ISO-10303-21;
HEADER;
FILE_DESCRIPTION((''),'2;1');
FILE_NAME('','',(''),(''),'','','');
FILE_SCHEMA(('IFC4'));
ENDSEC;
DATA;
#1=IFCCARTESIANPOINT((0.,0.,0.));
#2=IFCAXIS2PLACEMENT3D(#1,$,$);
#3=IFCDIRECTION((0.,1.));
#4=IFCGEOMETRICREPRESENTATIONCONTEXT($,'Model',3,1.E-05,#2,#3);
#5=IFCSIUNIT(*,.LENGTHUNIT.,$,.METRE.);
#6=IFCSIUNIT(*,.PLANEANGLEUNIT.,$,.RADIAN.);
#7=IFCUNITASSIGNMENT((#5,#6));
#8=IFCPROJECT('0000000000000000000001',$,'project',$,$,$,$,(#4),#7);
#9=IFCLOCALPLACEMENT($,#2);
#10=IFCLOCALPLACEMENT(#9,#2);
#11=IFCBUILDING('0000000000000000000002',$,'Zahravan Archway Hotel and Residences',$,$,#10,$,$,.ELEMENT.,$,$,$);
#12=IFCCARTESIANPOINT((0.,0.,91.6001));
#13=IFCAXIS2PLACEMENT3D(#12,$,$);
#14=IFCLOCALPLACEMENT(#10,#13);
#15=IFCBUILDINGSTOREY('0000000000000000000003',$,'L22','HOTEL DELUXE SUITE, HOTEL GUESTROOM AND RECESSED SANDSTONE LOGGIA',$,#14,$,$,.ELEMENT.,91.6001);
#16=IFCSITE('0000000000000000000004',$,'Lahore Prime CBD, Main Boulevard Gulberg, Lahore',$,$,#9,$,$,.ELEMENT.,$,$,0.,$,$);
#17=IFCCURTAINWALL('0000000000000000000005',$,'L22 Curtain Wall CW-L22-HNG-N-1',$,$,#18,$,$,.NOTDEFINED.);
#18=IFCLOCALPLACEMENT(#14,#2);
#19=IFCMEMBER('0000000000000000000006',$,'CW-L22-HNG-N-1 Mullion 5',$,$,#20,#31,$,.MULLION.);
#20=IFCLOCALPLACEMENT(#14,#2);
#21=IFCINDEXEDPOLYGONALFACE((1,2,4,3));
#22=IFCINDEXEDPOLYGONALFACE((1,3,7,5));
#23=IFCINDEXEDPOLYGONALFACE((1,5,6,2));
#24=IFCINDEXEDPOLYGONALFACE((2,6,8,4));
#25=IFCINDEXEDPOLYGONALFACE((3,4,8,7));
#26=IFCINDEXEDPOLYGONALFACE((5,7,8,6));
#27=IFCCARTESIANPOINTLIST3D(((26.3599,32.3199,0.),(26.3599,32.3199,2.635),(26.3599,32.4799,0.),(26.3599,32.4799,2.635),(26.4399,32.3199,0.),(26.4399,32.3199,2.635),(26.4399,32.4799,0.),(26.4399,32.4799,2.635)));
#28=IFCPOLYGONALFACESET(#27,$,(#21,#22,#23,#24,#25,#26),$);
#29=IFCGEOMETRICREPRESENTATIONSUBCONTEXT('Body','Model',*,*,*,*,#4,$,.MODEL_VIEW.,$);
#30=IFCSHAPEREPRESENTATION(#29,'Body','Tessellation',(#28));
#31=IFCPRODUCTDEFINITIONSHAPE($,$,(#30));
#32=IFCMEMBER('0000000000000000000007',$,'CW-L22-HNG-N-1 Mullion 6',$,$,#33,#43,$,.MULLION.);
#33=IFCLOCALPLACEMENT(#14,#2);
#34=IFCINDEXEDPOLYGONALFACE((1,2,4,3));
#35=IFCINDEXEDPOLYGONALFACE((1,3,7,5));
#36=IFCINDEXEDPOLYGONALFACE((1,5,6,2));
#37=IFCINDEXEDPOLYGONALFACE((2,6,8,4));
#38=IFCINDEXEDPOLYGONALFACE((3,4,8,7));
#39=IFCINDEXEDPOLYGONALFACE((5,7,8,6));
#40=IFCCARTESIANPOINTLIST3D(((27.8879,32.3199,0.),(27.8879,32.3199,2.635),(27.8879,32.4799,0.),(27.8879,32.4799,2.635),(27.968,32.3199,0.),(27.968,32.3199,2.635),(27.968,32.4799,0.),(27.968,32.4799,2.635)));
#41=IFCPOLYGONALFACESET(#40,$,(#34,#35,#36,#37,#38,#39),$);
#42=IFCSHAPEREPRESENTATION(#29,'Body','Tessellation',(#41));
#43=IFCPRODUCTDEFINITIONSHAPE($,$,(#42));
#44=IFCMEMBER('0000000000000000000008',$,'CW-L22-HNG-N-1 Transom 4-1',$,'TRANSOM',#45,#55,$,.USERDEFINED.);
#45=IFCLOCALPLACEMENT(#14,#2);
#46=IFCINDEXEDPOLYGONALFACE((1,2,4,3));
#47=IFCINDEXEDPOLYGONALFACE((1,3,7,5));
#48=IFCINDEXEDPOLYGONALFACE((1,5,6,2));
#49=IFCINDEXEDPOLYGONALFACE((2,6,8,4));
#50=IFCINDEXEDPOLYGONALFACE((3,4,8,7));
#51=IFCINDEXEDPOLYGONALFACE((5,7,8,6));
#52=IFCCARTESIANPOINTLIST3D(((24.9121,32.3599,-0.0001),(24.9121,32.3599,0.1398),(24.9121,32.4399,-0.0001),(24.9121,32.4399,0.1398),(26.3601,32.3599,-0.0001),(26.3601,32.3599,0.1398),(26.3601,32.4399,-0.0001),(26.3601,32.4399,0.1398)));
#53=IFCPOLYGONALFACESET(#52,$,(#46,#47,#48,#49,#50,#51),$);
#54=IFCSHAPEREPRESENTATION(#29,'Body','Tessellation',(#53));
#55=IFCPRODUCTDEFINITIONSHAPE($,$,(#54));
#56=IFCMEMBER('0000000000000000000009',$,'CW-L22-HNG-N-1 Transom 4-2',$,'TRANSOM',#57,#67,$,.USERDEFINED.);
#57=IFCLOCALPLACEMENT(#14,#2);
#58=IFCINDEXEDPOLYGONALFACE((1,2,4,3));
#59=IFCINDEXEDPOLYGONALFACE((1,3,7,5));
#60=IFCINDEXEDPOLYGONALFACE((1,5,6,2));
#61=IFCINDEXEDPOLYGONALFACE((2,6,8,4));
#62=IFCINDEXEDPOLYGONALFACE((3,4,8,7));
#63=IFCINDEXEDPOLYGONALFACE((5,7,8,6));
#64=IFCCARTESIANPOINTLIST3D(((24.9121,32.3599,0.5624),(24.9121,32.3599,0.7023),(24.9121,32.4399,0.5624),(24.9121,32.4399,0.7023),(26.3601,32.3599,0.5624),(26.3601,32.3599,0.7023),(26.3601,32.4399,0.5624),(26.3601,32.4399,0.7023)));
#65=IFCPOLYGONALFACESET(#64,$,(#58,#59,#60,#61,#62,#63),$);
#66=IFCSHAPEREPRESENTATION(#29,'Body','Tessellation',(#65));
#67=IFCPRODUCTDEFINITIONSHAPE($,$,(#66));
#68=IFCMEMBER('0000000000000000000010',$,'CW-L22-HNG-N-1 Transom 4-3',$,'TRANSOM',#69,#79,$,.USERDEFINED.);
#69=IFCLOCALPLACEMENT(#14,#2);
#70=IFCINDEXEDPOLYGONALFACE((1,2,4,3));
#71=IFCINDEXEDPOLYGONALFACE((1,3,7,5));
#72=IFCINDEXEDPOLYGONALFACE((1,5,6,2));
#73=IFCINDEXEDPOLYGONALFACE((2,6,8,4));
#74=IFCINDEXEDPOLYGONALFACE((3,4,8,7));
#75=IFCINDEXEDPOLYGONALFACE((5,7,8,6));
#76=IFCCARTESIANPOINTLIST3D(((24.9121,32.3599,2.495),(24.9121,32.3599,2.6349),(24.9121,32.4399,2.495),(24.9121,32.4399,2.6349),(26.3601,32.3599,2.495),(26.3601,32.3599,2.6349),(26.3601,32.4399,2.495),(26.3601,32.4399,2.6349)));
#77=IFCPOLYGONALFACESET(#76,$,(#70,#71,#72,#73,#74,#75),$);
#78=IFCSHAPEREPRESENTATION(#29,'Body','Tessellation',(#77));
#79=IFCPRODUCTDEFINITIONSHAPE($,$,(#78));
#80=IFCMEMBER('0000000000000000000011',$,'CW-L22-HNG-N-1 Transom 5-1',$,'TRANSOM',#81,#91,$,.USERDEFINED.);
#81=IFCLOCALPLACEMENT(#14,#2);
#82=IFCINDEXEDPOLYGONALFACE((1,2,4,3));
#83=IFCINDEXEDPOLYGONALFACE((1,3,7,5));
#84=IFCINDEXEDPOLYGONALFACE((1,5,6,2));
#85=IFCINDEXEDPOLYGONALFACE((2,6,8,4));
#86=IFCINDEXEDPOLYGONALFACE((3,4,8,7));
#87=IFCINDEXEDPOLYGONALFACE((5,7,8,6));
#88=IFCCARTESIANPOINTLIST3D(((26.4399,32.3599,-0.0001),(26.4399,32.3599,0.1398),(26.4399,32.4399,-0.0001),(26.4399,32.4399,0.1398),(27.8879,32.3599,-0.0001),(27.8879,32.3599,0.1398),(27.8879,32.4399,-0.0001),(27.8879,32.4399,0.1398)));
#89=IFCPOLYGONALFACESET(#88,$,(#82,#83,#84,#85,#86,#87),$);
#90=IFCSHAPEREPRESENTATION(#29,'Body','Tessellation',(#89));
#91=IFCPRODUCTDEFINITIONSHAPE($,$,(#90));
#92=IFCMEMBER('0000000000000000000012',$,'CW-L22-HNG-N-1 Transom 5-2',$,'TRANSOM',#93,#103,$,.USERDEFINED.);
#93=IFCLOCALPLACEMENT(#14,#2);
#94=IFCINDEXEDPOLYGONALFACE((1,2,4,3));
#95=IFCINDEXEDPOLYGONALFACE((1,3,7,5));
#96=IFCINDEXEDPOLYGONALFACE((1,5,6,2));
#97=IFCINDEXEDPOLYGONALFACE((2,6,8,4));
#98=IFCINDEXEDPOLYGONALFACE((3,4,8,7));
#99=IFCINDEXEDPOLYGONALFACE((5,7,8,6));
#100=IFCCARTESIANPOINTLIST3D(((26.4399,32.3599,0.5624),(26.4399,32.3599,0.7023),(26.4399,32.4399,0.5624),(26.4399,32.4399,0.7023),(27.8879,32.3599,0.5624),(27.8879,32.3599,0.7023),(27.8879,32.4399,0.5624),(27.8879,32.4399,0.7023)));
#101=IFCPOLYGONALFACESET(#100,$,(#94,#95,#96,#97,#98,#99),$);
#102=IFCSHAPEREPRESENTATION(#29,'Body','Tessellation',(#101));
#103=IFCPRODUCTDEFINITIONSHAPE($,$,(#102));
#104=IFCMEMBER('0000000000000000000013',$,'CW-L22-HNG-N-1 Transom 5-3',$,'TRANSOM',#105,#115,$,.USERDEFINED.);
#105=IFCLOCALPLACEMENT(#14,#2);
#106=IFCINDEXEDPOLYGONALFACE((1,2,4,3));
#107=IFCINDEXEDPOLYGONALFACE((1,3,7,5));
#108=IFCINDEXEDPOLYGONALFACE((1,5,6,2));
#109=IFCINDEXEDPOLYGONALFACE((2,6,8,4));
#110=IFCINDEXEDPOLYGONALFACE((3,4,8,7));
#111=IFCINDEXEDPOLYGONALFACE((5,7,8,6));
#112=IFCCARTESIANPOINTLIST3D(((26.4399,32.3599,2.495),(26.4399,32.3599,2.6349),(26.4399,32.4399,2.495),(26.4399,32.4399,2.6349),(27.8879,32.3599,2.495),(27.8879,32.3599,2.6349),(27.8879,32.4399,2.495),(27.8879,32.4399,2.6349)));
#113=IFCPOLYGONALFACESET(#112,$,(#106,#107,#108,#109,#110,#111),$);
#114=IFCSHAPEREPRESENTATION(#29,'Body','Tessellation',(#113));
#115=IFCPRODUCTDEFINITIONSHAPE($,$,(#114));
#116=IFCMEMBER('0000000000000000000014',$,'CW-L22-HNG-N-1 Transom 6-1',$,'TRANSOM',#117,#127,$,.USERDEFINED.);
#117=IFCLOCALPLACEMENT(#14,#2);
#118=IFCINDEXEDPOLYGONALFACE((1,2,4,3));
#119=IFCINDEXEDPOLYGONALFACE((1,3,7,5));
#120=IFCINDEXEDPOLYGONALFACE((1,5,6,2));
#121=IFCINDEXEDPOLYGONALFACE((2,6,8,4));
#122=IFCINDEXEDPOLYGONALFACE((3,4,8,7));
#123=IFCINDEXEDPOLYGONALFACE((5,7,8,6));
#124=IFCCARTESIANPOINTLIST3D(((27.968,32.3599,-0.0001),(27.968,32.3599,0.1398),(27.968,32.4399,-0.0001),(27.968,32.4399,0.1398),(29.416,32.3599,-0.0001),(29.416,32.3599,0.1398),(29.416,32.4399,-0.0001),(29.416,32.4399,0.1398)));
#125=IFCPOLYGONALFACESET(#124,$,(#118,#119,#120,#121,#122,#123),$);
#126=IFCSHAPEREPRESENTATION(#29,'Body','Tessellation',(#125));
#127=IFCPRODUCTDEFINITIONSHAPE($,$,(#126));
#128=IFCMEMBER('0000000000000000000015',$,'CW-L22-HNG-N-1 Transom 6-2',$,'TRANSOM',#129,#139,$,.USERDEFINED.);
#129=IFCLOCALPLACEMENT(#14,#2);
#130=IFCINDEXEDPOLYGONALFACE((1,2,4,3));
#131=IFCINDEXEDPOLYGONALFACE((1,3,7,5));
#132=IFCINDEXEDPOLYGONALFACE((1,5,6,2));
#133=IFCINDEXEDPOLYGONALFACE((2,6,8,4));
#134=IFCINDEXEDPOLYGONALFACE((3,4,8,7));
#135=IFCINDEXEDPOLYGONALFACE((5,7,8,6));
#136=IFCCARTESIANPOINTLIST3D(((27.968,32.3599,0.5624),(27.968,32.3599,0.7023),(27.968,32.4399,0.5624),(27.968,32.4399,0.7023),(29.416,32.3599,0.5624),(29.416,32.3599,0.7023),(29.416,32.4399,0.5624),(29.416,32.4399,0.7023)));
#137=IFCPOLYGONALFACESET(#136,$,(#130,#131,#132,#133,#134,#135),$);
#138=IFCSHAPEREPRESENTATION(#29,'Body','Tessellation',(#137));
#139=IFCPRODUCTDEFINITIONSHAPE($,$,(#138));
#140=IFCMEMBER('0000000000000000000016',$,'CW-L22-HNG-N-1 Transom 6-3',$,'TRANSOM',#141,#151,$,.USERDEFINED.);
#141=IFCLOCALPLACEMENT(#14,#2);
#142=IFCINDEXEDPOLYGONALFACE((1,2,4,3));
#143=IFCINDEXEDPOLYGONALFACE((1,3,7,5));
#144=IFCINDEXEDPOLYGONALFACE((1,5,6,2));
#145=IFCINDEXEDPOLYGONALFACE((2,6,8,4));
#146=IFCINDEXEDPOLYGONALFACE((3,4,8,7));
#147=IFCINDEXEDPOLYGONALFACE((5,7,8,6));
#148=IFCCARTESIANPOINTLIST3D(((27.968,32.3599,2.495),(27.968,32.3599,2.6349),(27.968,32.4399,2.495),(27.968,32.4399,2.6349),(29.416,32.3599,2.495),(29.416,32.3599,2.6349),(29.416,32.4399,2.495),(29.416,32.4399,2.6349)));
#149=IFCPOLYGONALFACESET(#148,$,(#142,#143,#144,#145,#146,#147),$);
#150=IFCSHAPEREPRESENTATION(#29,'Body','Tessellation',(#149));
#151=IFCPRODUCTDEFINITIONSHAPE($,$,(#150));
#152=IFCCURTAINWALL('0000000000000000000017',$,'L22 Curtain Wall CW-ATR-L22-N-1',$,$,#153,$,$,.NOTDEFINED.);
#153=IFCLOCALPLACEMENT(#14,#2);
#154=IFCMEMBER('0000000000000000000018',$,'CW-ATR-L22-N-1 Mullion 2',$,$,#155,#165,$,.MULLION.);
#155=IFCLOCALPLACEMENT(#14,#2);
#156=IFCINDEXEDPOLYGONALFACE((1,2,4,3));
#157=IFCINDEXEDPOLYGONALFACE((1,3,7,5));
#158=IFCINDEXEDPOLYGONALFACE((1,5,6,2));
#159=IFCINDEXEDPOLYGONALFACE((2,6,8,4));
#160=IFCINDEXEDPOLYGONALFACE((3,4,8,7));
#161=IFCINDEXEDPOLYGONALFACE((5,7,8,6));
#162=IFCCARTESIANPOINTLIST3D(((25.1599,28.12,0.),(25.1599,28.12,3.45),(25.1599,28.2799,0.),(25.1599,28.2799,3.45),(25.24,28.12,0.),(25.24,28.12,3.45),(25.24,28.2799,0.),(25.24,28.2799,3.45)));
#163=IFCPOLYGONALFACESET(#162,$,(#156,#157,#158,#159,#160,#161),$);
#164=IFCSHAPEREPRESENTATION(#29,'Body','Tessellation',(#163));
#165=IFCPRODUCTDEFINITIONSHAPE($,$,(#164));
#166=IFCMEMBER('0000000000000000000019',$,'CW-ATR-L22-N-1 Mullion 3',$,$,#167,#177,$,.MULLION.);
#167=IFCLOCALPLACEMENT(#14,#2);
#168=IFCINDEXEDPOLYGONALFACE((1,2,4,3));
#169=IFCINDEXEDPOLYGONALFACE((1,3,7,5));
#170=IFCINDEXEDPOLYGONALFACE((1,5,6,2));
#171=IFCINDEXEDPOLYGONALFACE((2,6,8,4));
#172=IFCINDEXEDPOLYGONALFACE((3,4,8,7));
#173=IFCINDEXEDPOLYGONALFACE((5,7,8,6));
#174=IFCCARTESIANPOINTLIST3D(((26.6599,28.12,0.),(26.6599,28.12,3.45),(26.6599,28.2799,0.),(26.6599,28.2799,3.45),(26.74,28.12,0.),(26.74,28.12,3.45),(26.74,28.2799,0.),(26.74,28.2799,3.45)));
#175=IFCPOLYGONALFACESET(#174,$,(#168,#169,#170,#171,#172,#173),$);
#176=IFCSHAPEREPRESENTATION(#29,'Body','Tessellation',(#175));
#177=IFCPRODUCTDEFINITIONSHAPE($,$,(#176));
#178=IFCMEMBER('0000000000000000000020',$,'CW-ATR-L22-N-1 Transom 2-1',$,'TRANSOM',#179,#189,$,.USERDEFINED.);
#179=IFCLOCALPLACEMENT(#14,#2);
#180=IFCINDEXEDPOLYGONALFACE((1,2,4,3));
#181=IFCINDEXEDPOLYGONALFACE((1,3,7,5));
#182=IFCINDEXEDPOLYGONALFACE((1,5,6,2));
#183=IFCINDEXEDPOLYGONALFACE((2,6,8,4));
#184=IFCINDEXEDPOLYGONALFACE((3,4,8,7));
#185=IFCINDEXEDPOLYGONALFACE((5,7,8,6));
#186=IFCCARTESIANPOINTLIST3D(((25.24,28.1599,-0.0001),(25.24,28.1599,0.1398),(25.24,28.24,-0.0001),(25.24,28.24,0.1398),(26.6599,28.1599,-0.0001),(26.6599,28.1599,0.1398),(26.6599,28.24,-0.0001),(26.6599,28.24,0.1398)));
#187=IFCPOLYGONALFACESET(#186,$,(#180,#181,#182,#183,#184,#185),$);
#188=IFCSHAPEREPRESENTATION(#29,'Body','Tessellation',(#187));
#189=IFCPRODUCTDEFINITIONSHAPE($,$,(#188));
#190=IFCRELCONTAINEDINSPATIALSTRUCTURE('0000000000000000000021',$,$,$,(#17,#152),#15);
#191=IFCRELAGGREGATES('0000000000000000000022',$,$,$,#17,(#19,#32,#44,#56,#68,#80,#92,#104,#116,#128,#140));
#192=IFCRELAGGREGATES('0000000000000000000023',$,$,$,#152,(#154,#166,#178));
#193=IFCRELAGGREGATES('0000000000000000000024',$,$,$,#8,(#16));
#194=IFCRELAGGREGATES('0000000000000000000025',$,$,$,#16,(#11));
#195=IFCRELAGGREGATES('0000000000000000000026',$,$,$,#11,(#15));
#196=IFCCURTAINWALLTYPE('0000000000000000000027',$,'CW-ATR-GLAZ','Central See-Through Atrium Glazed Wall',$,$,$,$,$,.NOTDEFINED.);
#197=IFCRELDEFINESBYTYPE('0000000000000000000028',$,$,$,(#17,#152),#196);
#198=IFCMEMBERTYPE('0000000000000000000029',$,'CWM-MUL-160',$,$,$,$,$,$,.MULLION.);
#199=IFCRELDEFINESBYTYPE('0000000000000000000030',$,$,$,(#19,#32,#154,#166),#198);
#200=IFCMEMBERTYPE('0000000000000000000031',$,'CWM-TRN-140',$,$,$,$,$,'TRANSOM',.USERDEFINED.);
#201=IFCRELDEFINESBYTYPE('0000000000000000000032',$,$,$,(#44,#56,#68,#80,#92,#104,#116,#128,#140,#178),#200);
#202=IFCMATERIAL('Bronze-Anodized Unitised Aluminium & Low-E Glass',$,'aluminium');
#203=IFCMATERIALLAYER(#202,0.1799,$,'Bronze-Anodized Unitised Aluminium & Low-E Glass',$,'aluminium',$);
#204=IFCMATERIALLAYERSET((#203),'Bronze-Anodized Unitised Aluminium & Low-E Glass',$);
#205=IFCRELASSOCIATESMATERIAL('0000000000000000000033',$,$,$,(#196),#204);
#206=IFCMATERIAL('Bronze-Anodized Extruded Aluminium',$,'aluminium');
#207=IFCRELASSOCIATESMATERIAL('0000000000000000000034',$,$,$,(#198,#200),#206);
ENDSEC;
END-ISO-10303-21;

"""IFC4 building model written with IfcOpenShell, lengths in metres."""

from ifc_helpers import new_model, si_unit, direction, frame, origin, origin_2d, place, context, subcontext, project, spatial, rectangle, extrude, source, transform, mapped, material, layer, layer_set, material_profile, profile_set, type_object, element, aggregate, save


model = new_model("IFC4")

# Units and contexts
model_context = context("Model", 3, precision=1e-05, world=origin(), true_north=direction((0.0, 1.0)))
body_context = subcontext(model_context, "Body", "Model", "MODEL_VIEW")
ifc_project = project(units=[si_unit("LENGTHUNIT", "METRE"), si_unit("PLANEANGLEUNIT", "RADIAN")], contexts=[model_context])

# Site, building, storey
site_placement = place(None, origin())
site = spatial("IfcSite", under=ifc_project, at=site_placement, Name="Lahore Prime CBD, Main Boulevard Gulberg, Lahore", CompositionType="ELEMENT", RefElevation=0.0)
building_placement = place(site_placement, origin())
building = spatial("IfcBuilding", under=site, at=building_placement, Name="Zahravan Archway Hotel and Residences", CompositionType="ELEMENT")
storey_placement = place(building_placement, frame((0.0, 0.0, 91.6001)))
storey = spatial("IfcBuildingStorey", under=building, at=storey_placement, Name="L22", Description="HOTEL DELUXE SUITE, HOTEL GUESTROOM AND RECESSED SANDSTONE LOGGIA", CompositionType="ELEMENT", Elevation=91.6001)

# Curtain walls, members
ifc_material_1 = material(Name="Bronze-Anodized Unitised Aluminium & Low-E Glass", Category="aluminium")
ifc_layer_1 = layer(ifc_material_1, 0.1799, Name="Bronze-Anodized Unitised Aluminium & Low-E Glass", Category="aluminium")
ifc_layer_set_1 = layer_set([ifc_layer_1], Name="Bronze-Anodized Unitised Aluminium & Low-E Glass")
curtain_wall_type = type_object("IfcCurtainWallType", Name="CW-ATR-GLAZ", Description="Central See-Through Atrium Glazed Wall", PredefinedType="NOTDEFINED", material=ifc_layer_set_1)
curtain_wall_1_placement = place(storey_placement, origin())
curtain_wall_1 = element("IfcCurtainWall", 1, at=curtain_wall_1_placement, inside=storey, type_object=curtain_wall_type, Name="L22 Curtain Wall CW-L22-HNG-N-1", PredefinedType="NOTDEFINED")
ifc_material_2 = material(Name="Bronze-Anodized Extruded Aluminium", Category="aluminium")
ifc_material_profile_1 = material_profile(ifc_material_2, rectangle(XDim=0.0801, YDim=0.1599, at=origin_2d()), Name="MUL 80x160", Category="aluminium")
ifc_profile_set_1 = profile_set([ifc_material_profile_1], Name="Bronze-Anodized Extruded Aluminium")
member_type_1 = type_object("IfcMemberType", Name="CWM-MUL-160", PredefinedType="MULLION", material=ifc_profile_set_1)
shared_shape_1 = source(origin(), body_context, "Body", "SweptSolid", [
    extrude(rectangle(XDim=0.0801, YDim=0.1599, at=origin_2d()), origin(), (0.0, 0.0, 1.0), 2.635),
])
member_1_placement = place(storey_placement, frame((26.3999, 32.3999, 0.0), z_axis=(0.0, 0.0, 1.0), x_axis=(1.0, 0.0, 0.0)))
member_1 = element("IfcMember", 2, at=member_1_placement, type_object=member_type_1, Name="CW-L22-HNG-N-1 Mullion 5", PredefinedType="MULLION", context=body_context, shape_type="MappedRepresentation", body=[
    mapped(shared_shape_1, transform((0.0, 0.0, 0.0), scale=1.0)),
])
member_2_placement = place(storey_placement, frame((27.928, 32.3999, 0.0), z_axis=(0.0, 0.0, 1.0), x_axis=(1.0, 0.0, 0.0)))
member_2 = element("IfcMember", 3, at=member_2_placement, type_object=member_type_1, Name="CW-L22-HNG-N-1 Mullion 6", PredefinedType="MULLION", context=body_context, shape_type="MappedRepresentation", body=[
    mapped(shared_shape_1, transform((0.0, 0.0, 0.0), scale=1.0)),
])
ifc_material_profile_2 = material_profile(ifc_material_2, rectangle(XDim=0.0801, YDim=0.1399, at=origin_2d()), Name="TRN 80x140", Category="aluminium")
ifc_profile_set_2 = profile_set([ifc_material_profile_2], Name="Bronze-Anodized Extruded Aluminium")
member_type_2 = type_object("IfcMemberType", Name="CWM-TRN-140", ElementType="TRANSOM", PredefinedType="USERDEFINED", material=ifc_profile_set_2)
shared_shape_2 = source(origin(), body_context, "Body", "SweptSolid", [
    extrude(rectangle(XDim=0.0801, YDim=0.1399, at=origin_2d()), origin(), (0.0, 0.0, 1.0), 1.448),
])
member_3_placement = place(storey_placement, frame((24.9121, 32.3999, 0.0698), z_axis=(1.0, 0.0, 0.0), x_axis=(0.0, 1.0, 0.0)))
member_3 = element("IfcMember", 4, at=member_3_placement, type_object=member_type_2, Name="CW-L22-HNG-N-1 Transom 4-1", ObjectType="TRANSOM", PredefinedType="USERDEFINED", context=body_context, shape_type="MappedRepresentation", body=[
    mapped(shared_shape_2, transform((0.0, 0.0, 0.0), scale=1.0)),
])
member_4_placement = place(storey_placement, frame((24.9121, 32.3999, 0.6323), z_axis=(1.0, 0.0, 0.0), x_axis=(0.0, 1.0, 0.0)))
member_4 = element("IfcMember", 5, at=member_4_placement, type_object=member_type_2, Name="CW-L22-HNG-N-1 Transom 4-2", ObjectType="TRANSOM", PredefinedType="USERDEFINED", context=body_context, shape_type="MappedRepresentation", body=[
    mapped(shared_shape_2, transform((0.0, 0.0, 0.0), scale=1.0)),
])
member_5_placement = place(storey_placement, frame((24.9121, 32.3999, 2.5649), z_axis=(1.0, 0.0, 0.0), x_axis=(0.0, 1.0, 0.0)))
member_5 = element("IfcMember", 6, at=member_5_placement, type_object=member_type_2, Name="CW-L22-HNG-N-1 Transom 4-3", ObjectType="TRANSOM", PredefinedType="USERDEFINED", context=body_context, shape_type="MappedRepresentation", body=[
    mapped(shared_shape_2, transform((0.0, 0.0, 0.0), scale=1.0)),
])
member_6_placement = place(storey_placement, frame((26.4399, 32.3999, 0.0698), z_axis=(1.0, 0.0, 0.0), x_axis=(0.0, 1.0, 0.0)))
member_6 = element("IfcMember", 7, at=member_6_placement, type_object=member_type_2, Name="CW-L22-HNG-N-1 Transom 5-1", ObjectType="TRANSOM", PredefinedType="USERDEFINED", context=body_context, shape_type="MappedRepresentation", body=[
    mapped(shared_shape_2, transform((0.0, 0.0, 0.0), scale=1.0)),
])
member_7_placement = place(storey_placement, frame((26.4399, 32.3999, 0.6323), z_axis=(1.0, 0.0, 0.0), x_axis=(0.0, 1.0, 0.0)))
member_7 = element("IfcMember", 8, at=member_7_placement, type_object=member_type_2, Name="CW-L22-HNG-N-1 Transom 5-2", ObjectType="TRANSOM", PredefinedType="USERDEFINED", context=body_context, shape_type="MappedRepresentation", body=[
    mapped(shared_shape_2, transform((0.0, 0.0, 0.0), scale=1.0)),
])
member_8_placement = place(storey_placement, frame((26.4399, 32.3999, 2.5649), z_axis=(1.0, 0.0, 0.0), x_axis=(0.0, 1.0, 0.0)))
member_8 = element("IfcMember", 9, at=member_8_placement, type_object=member_type_2, Name="CW-L22-HNG-N-1 Transom 5-3", ObjectType="TRANSOM", PredefinedType="USERDEFINED", context=body_context, shape_type="MappedRepresentation", body=[
    mapped(shared_shape_2, transform((0.0, 0.0, 0.0), scale=1.0)),
])
member_9_placement = place(storey_placement, frame((27.968, 32.3999, 0.0698), z_axis=(1.0, 0.0, 0.0), x_axis=(0.0, 1.0, 0.0)))
member_9 = element("IfcMember", 10, at=member_9_placement, type_object=member_type_2, Name="CW-L22-HNG-N-1 Transom 6-1", ObjectType="TRANSOM", PredefinedType="USERDEFINED", context=body_context, shape_type="MappedRepresentation", body=[
    mapped(shared_shape_2, transform((0.0, 0.0, 0.0), scale=1.0)),
])
member_10_placement = place(storey_placement, frame((27.968, 32.3999, 0.6323), z_axis=(1.0, 0.0, 0.0), x_axis=(0.0, 1.0, 0.0)))
member_10 = element("IfcMember", 11, at=member_10_placement, type_object=member_type_2, Name="CW-L22-HNG-N-1 Transom 6-2", ObjectType="TRANSOM", PredefinedType="USERDEFINED", context=body_context, shape_type="MappedRepresentation", body=[
    mapped(shared_shape_2, transform((0.0, 0.0, 0.0), scale=1.0)),
])
member_11_placement = place(storey_placement, frame((27.968, 32.3999, 2.5649), z_axis=(1.0, 0.0, 0.0), x_axis=(0.0, 1.0, 0.0)))
member_11 = element("IfcMember", 12, at=member_11_placement, type_object=member_type_2, Name="CW-L22-HNG-N-1 Transom 6-3", ObjectType="TRANSOM", PredefinedType="USERDEFINED", context=body_context, shape_type="MappedRepresentation", body=[
    mapped(shared_shape_2, transform((0.0, 0.0, 0.0), scale=1.0)),
])
curtain_wall_2_placement = place(storey_placement, origin())
curtain_wall_2 = element("IfcCurtainWall", 13, at=curtain_wall_2_placement, inside=storey, type_object=curtain_wall_type, Name="L22 Curtain Wall CW-ATR-L22-N-1", PredefinedType="NOTDEFINED")
shared_shape_3 = source(origin(), body_context, "Body", "SweptSolid", [
    extrude(rectangle(XDim=0.0801, YDim=0.1599, at=origin_2d()), origin(), (0.0, 0.0, 1.0), 3.45),
])
member_12_placement = place(storey_placement, frame((25.2, 28.2, 0.0), z_axis=(0.0, 0.0, 1.0), x_axis=(1.0, 0.0, 0.0)))
member_12 = element("IfcMember", 14, at=member_12_placement, type_object=member_type_1, Name="CW-ATR-L22-N-1 Mullion 2", PredefinedType="MULLION", context=body_context, shape_type="MappedRepresentation", body=[
    mapped(shared_shape_3, transform((0.0, 0.0, 0.0), scale=1.0)),
])
member_13_placement = place(storey_placement, frame((26.7, 28.2, 0.0), z_axis=(0.0, 0.0, 1.0), x_axis=(1.0, 0.0, 0.0)))
member_13 = element("IfcMember", 15, at=member_13_placement, type_object=member_type_1, Name="CW-ATR-L22-N-1 Mullion 3", PredefinedType="MULLION", context=body_context, shape_type="MappedRepresentation", body=[
    mapped(shared_shape_3, transform((0.0, 0.0, 0.0), scale=1.0)),
])
shared_shape_4 = source(origin(), body_context, "Body", "SweptSolid", [
    extrude(rectangle(XDim=0.0801, YDim=0.1399, at=origin_2d()), origin(), (0.0, 0.0, 1.0), 1.4199),
])
member_14_placement = place(storey_placement, frame((25.24, 28.2, 0.0698), z_axis=(1.0, 0.0, 0.0), x_axis=(0.0, 1.0, 0.0)))
member_14 = element("IfcMember", 16, at=member_14_placement, type_object=member_type_2, Name="CW-ATR-L22-N-1 Transom 2-1", ObjectType="TRANSOM", PredefinedType="USERDEFINED", context=body_context, shape_type="MappedRepresentation", body=[
    mapped(shared_shape_4, transform((0.0, 0.0, 0.0), scale=1.0)),
])

aggregate(curtain_wall_1, [member_1, member_2, member_3, member_4, member_5, member_6, member_7, member_8, member_9, member_10, member_11])
aggregate(curtain_wall_2, [member_12, member_13, member_14])

save(model, "model.ifc")
